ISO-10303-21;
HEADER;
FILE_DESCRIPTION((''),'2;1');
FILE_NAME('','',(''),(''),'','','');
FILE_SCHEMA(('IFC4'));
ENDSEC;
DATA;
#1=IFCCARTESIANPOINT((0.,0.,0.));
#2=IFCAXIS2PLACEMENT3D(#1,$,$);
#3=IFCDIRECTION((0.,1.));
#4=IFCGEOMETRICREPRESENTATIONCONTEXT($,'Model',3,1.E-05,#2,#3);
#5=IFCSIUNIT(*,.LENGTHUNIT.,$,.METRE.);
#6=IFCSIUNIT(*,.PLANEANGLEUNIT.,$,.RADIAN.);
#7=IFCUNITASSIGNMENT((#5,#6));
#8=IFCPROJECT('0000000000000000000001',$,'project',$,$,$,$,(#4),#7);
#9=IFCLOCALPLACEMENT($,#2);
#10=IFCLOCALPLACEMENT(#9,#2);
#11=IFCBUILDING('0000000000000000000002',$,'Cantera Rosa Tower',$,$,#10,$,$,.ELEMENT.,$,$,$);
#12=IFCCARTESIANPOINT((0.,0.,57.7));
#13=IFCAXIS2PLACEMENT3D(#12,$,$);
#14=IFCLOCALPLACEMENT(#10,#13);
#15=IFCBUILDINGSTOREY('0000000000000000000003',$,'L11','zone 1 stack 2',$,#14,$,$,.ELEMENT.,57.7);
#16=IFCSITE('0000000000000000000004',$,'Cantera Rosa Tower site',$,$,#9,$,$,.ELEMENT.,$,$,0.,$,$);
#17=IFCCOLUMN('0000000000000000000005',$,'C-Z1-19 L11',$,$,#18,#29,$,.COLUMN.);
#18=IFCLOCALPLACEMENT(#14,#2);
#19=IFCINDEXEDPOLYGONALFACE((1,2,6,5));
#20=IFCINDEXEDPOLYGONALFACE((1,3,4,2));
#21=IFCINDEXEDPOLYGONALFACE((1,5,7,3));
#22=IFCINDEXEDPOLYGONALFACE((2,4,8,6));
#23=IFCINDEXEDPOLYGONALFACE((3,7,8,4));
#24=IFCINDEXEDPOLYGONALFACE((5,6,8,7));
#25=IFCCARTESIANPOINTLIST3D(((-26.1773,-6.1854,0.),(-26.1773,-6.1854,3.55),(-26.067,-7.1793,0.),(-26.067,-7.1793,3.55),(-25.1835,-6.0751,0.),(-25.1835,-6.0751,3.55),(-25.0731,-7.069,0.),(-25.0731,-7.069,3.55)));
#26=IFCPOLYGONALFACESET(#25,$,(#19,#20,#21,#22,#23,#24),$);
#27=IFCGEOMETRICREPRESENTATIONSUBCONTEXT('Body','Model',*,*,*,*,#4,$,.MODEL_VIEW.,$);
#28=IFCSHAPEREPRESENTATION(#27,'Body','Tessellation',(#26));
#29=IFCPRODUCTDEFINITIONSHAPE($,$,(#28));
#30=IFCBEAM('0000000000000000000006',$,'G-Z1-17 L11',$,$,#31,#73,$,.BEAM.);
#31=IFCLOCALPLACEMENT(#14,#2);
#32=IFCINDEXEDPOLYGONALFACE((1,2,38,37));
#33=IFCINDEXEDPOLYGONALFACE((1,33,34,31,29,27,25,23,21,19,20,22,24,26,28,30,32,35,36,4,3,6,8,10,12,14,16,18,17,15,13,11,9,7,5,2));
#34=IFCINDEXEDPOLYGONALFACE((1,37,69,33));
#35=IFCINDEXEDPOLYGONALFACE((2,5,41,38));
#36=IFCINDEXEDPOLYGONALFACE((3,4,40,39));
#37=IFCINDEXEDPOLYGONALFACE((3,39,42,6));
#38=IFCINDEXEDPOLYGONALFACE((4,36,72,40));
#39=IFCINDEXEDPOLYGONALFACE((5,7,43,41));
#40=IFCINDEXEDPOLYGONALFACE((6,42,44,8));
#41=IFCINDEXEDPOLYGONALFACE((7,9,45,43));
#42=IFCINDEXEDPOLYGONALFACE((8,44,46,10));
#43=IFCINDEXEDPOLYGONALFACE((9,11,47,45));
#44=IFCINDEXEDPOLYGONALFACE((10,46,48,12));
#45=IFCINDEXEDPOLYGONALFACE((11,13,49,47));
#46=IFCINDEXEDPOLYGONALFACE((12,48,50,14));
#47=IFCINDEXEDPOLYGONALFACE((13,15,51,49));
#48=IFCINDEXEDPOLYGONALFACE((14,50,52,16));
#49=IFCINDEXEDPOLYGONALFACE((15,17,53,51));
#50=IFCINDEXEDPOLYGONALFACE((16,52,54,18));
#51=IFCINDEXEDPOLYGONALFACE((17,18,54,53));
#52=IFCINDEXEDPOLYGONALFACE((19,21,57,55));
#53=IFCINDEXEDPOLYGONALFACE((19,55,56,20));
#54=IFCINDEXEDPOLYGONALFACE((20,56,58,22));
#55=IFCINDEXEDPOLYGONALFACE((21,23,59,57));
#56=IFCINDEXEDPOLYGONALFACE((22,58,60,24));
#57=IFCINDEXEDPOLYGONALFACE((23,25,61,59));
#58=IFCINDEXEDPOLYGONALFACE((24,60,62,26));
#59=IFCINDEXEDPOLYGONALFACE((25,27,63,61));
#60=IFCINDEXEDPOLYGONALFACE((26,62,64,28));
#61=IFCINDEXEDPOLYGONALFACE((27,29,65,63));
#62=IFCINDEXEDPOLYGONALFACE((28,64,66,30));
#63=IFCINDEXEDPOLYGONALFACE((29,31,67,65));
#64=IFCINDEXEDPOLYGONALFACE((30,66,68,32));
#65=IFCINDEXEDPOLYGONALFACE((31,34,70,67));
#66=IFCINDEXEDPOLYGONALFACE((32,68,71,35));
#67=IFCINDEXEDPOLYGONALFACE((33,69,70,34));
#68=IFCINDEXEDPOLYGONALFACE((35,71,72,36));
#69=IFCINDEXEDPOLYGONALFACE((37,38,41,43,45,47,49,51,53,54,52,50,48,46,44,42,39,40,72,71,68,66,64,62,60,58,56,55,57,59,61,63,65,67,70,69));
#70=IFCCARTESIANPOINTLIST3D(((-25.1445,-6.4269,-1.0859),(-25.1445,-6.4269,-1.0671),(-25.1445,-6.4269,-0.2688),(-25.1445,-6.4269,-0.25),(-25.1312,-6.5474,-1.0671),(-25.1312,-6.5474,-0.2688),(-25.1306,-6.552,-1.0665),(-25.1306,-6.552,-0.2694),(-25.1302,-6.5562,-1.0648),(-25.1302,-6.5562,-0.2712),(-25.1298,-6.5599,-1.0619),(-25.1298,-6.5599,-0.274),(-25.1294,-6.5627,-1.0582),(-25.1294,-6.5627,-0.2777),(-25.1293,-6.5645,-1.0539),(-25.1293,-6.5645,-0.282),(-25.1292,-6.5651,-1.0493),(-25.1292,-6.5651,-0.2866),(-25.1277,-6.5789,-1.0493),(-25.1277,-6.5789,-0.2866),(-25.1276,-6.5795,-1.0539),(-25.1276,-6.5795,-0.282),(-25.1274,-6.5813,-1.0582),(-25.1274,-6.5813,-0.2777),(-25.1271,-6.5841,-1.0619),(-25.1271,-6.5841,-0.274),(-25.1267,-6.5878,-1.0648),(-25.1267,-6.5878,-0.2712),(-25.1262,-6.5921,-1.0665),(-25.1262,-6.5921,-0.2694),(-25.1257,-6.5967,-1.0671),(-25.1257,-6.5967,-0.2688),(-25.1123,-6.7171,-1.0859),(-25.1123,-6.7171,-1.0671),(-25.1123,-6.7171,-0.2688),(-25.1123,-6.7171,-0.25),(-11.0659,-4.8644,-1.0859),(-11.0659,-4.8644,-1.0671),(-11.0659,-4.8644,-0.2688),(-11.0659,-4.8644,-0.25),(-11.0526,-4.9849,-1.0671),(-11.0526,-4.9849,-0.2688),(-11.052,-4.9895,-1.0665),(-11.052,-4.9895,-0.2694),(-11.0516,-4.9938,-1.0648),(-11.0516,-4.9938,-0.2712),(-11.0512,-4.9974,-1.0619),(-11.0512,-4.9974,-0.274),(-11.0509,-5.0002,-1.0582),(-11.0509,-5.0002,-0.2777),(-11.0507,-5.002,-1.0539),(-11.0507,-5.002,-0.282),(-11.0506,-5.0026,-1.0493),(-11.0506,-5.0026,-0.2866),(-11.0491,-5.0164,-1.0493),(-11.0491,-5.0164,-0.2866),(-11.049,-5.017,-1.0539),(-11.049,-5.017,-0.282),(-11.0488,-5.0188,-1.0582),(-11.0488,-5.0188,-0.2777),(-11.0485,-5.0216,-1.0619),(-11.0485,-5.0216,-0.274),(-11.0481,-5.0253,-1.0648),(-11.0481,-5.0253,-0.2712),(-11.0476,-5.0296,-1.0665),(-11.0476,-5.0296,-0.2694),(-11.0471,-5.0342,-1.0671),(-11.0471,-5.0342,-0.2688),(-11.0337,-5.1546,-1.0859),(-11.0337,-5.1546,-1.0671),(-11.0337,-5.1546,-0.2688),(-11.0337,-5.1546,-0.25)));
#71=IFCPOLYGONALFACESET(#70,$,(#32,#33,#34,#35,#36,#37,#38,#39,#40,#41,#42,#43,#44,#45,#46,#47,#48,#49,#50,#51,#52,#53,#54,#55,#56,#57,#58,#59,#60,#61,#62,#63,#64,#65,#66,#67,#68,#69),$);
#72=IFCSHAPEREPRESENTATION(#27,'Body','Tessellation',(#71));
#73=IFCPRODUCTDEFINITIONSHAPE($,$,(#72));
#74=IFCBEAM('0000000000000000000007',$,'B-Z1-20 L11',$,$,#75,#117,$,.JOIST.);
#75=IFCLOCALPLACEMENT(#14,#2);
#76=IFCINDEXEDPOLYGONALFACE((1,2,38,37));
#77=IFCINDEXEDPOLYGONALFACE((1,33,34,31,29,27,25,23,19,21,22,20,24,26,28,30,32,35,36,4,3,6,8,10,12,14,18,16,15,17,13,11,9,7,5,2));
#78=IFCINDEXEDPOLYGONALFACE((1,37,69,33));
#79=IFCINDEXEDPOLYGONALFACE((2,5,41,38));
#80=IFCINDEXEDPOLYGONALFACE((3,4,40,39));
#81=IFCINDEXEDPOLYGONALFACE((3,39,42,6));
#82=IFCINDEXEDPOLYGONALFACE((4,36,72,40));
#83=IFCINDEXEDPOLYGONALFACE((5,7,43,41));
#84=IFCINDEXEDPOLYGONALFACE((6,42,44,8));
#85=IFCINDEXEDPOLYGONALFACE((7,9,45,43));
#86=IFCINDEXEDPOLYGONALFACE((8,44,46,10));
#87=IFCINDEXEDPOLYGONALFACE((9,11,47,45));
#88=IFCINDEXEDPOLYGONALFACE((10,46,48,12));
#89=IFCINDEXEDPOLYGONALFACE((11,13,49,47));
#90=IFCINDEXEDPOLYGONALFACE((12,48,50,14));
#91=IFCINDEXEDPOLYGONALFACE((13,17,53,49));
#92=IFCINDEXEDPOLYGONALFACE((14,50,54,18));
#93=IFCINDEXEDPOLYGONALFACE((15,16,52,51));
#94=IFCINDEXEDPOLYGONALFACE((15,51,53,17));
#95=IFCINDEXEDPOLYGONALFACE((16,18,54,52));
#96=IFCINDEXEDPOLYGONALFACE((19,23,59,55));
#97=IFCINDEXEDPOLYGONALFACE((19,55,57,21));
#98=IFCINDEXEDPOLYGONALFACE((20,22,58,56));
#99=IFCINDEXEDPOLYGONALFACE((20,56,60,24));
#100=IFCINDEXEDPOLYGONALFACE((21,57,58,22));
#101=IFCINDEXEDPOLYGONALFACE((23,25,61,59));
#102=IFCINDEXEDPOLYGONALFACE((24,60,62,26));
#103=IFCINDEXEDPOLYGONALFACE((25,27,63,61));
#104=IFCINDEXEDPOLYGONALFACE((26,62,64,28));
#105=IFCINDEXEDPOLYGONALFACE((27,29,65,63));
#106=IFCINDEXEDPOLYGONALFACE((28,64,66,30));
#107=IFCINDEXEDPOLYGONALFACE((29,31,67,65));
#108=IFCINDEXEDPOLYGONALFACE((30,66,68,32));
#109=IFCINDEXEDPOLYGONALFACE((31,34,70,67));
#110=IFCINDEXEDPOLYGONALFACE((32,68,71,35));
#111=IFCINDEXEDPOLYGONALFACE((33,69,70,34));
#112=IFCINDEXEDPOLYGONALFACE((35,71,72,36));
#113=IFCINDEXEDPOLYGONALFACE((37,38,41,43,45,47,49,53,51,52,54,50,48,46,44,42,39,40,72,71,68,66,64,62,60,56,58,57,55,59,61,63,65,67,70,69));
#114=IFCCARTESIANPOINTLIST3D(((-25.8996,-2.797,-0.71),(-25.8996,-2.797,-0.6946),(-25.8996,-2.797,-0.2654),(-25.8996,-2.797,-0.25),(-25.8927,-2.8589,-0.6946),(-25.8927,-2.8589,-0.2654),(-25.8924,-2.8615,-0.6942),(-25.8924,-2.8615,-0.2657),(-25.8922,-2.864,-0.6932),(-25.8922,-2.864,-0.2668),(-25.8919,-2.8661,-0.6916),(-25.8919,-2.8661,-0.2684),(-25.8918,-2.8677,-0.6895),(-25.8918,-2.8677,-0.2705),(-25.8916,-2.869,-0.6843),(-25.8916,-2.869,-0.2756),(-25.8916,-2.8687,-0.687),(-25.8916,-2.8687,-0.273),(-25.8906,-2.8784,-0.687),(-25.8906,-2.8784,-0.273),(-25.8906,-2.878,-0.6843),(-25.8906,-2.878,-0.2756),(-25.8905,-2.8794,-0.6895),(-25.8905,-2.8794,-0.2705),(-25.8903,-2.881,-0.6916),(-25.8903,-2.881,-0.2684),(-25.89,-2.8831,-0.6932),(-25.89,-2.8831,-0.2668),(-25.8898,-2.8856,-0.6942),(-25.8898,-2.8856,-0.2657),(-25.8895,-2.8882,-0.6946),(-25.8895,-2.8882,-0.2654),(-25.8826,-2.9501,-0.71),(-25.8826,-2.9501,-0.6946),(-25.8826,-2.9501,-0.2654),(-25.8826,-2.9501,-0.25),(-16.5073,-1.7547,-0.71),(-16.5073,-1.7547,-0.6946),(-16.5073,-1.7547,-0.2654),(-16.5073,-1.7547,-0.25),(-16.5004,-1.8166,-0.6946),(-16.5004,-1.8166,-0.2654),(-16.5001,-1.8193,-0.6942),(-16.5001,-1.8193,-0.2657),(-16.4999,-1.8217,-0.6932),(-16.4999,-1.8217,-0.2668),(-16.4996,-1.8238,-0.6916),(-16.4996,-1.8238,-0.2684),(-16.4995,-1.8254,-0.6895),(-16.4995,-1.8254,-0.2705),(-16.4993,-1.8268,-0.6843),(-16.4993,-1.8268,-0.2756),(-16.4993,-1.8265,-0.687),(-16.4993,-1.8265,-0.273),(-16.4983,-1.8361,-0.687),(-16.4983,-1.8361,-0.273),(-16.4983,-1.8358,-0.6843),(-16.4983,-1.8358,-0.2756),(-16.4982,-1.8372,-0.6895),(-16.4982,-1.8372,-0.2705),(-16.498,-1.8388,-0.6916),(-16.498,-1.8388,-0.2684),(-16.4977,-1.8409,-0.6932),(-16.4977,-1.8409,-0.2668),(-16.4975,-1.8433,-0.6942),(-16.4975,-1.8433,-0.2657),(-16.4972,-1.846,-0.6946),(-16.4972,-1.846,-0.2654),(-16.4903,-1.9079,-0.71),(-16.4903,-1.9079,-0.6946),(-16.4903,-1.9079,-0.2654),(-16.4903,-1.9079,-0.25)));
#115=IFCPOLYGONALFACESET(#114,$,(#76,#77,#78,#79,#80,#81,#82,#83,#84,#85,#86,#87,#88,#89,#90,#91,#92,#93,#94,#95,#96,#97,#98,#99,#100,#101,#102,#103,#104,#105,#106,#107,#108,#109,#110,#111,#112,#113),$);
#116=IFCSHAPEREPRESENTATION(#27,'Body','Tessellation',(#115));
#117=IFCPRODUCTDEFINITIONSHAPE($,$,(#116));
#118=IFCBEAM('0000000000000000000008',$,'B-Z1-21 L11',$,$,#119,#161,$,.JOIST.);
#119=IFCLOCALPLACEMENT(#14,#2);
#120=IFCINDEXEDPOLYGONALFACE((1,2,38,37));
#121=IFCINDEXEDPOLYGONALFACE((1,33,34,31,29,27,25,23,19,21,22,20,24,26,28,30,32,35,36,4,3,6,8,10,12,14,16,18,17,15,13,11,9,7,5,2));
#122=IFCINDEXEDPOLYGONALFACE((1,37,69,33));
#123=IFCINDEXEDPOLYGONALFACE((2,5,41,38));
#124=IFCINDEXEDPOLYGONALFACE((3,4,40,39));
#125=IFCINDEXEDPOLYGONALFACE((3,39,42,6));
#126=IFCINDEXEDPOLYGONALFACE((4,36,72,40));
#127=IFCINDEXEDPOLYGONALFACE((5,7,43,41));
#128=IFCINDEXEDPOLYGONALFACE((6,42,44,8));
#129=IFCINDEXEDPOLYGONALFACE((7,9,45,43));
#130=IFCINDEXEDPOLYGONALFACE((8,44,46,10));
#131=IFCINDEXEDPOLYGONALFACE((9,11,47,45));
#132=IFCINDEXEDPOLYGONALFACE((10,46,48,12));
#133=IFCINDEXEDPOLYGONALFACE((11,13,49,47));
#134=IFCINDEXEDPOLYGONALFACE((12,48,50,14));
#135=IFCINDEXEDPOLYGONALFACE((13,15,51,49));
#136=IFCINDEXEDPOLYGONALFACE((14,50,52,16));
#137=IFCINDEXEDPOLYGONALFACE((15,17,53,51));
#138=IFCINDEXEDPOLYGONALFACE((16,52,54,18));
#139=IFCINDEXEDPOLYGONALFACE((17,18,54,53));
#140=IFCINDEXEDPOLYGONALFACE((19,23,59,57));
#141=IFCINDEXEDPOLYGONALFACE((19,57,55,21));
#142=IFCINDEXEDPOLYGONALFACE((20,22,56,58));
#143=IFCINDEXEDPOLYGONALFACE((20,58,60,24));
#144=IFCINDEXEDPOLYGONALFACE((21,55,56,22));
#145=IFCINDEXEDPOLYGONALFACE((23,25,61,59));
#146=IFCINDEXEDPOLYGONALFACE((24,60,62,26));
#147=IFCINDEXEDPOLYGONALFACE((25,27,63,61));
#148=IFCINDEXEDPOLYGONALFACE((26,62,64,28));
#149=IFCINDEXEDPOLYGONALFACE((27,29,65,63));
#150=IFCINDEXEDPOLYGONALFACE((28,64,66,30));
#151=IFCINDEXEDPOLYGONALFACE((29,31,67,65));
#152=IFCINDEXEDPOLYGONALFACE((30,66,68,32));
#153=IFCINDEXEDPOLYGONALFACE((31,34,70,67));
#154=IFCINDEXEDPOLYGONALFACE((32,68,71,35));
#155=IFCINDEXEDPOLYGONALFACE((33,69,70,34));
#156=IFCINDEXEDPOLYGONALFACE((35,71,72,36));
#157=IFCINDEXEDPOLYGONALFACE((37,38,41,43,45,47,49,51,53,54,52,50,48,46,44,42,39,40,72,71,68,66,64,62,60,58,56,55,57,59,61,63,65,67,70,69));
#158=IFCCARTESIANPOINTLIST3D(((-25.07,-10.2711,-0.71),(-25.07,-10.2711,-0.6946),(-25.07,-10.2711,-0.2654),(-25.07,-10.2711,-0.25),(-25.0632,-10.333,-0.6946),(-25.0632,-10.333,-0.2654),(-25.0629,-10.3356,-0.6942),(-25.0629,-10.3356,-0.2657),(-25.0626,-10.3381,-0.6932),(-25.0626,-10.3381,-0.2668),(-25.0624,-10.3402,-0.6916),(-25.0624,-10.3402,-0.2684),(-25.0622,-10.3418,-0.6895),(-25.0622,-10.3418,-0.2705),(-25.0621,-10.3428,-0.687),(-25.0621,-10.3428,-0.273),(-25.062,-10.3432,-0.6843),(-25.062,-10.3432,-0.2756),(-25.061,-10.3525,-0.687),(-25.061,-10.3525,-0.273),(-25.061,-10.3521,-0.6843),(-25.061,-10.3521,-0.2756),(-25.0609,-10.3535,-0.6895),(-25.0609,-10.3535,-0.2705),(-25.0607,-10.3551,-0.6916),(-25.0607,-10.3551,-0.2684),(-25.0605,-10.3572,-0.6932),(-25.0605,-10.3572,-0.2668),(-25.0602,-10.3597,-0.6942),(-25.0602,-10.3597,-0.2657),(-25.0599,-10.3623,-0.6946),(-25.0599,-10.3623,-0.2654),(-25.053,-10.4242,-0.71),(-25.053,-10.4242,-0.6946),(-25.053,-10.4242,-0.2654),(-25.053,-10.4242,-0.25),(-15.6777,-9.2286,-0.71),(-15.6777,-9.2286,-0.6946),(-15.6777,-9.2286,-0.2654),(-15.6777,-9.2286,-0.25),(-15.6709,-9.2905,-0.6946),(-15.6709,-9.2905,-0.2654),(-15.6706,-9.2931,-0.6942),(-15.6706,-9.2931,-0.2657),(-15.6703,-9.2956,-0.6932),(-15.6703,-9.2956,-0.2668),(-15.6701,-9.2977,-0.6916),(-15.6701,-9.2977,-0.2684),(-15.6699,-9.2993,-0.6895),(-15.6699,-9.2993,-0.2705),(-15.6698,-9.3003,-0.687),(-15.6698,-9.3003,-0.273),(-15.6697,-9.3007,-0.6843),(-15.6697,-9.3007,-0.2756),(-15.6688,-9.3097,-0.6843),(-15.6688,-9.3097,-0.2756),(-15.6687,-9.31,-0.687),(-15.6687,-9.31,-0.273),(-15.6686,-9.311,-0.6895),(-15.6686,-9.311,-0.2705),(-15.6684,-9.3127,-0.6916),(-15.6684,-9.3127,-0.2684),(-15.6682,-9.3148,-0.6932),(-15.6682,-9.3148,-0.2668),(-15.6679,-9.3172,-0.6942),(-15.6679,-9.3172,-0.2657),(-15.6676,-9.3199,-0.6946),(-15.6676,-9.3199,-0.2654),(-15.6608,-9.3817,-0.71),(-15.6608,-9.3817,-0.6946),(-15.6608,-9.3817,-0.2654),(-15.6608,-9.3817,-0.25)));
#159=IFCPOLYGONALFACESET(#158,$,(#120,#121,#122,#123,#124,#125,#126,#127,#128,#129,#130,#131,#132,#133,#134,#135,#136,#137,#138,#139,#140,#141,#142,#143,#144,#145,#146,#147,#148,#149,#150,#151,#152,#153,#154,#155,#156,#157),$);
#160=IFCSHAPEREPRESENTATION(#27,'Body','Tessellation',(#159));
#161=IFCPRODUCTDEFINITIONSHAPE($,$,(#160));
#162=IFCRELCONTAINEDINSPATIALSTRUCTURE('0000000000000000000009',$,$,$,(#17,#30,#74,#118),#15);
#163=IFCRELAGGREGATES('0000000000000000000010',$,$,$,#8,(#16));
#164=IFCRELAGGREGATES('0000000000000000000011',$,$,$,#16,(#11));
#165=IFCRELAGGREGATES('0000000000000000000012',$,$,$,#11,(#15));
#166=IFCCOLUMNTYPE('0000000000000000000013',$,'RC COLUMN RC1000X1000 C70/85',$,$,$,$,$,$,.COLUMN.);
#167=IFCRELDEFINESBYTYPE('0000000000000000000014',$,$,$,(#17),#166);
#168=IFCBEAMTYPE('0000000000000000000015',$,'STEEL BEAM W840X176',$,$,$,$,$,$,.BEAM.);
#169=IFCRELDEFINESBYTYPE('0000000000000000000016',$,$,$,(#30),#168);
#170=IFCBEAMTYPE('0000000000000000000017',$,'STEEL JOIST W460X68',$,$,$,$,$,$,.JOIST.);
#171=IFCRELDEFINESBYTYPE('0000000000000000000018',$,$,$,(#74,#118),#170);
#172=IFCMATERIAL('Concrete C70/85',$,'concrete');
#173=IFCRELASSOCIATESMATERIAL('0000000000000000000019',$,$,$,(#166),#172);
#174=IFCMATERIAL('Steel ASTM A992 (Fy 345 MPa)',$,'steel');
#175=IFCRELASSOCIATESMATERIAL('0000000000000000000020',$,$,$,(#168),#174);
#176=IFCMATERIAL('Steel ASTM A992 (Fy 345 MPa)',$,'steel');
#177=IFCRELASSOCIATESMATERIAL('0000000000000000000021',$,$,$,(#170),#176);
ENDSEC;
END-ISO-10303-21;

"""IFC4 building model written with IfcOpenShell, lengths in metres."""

from ifc_helpers import new_model, si_unit, direction, frame, origin, origin_2d, place, context, subcontext, project, spatial, rectangle, i_section, extrude, material, material_profile, profile_set, type_object, element, save


model = new_model("IFC4")

# Units and contexts
model_context = context("Model", 3, precision=1e-05, world=origin(), true_north=direction((0.0, 1.0)))
body_context = subcontext(model_context, "Body", "Model", "MODEL_VIEW")
ifc_project = project(units=[si_unit("LENGTHUNIT", "METRE"), si_unit("PLANEANGLEUNIT", "RADIAN")], contexts=[model_context])

# Site, building, storey
site_placement = place(None, origin())
site = spatial("IfcSite", under=ifc_project, at=site_placement, Name="Cantera Rosa Tower site", CompositionType="ELEMENT", RefElevation=0.0)
building_placement = place(site_placement, origin())
building = spatial("IfcBuilding", under=site, at=building_placement, Name="Cantera Rosa Tower", CompositionType="ELEMENT")
storey_placement = place(building_placement, frame((0.0, 0.0, 57.7)))
storey = spatial("IfcBuildingStorey", under=building, at=storey_placement, Name="L11", Description="zone 1 stack 2", CompositionType="ELEMENT", Elevation=57.7)

# Column
ifc_material_1 = material(Name="Concrete C70/85", Category="concrete")
ifc_material_profile_1 = material_profile(ifc_material_1, rectangle(XDim=1.0, YDim=1.0, at=origin_2d()), Name="RC COLUMN RC1000X1000 C70/85")
ifc_profile_set_1 = profile_set([ifc_material_profile_1], Name="Concrete C70/85")
column_type = type_object("IfcColumnType", Name="RC COLUMN RC1000X1000 C70/85", PredefinedType="COLUMN", material=ifc_profile_set_1)
column_placement = place(storey_placement, frame((-25.6252, -6.6272, 0.0), z_axis=(0.0, 0.0, 1.0), x_axis=(0.993897, 0.110313, 0.0)))
element("IfcColumn", 1, at=column_placement, inside=storey, type_object=column_type, Name="C-Z1-19 L11", PredefinedType="COLUMN", context=body_context, shape_type="SweptSolid", body=[
    extrude(rectangle(XDim=1.0, YDim=1.0, at=origin_2d()), origin(), (0.0, 0.0, 1.0), 3.55),
])

# Beams
ifc_material_2 = material(Name="Steel ASTM A992 (Fy 345 MPa)", Category="steel")
ifc_material_profile_2 = material_profile(ifc_material_2, i_section(OverallWidth=0.292, OverallDepth=0.8359, WebThickness=0.0139, FlangeThickness=0.0188, FilletRadius=0.0178, at=origin_2d()), Name="W840X176")
ifc_profile_set_2 = profile_set([ifc_material_profile_2], Name="Steel ASTM A992 (Fy 345 MPa)")
beam_type_1 = type_object("IfcBeamType", Name="STEEL BEAM W840X176", PredefinedType="BEAM", material=ifc_profile_set_2)
beam_1_placement = place(storey_placement, frame((-25.1284, -6.572, -0.668), z_axis=(0.993898, 0.110307, 0.0), x_axis=(-0.110307, 0.993898, 0.0)))
element("IfcBeam", 2, at=beam_1_placement, inside=storey, type_object=beam_type_1, Name="G-Z1-17 L11", PredefinedType="BEAM", context=body_context, shape_type="SweptSolid", body=[
    extrude(i_section(OverallWidth=0.292, OverallDepth=0.8359, WebThickness=0.0139, FlangeThickness=0.0188, FilletRadius=0.0178, at=origin_2d()), origin(), (0.0, 0.0, 1.0), 14.165),
])
ifc_material_3 = material(Name="Steel ASTM A992 (Fy 345 MPa)", Category="steel")
ifc_material_profile_3 = material_profile(ifc_material_3, i_section(OverallWidth=0.1541, OverallDepth=0.46, WebThickness=0.009, FlangeThickness=0.0154, FilletRadius=0.0103, at=origin_2d()), Name="W460X68")
ifc_profile_set_3 = profile_set([ifc_material_profile_3], Name="Steel ASTM A992 (Fy 345 MPa)")
beam_type_2 = type_object("IfcBeamType", Name="STEEL JOIST W460X68", PredefinedType="JOIST", material=ifc_profile_set_3)
for number, where, z_axis, x_axis, name in (
    (3, (-25.8911, -2.8735, -0.48), (0.993899, 0.11029, 0.0), (-0.11029, 0.993899, 0.0), "B-Z1-20 L11"),
    (4, (-25.0615, -10.3477, -0.48), (0.993897, 0.110315, 0.0), (-0.110315, 0.993897, 0.0), "B-Z1-21 L11"),
):
    element("IfcBeam", number, at=place(storey_placement, frame(where, z_axis=z_axis, x_axis=x_axis)), inside=storey, type_object=beam_type_2, Name=name, PredefinedType="JOIST", context=body_context, shape_type="SweptSolid", body=[
        extrude(i_section(OverallWidth=0.1541, OverallDepth=0.46, WebThickness=0.009, FlangeThickness=0.0154, FilletRadius=0.0103, at=origin_2d()), origin(), (0.0, 0.0, 1.0), 9.45),
    ])

save(model, "model.ifc")
